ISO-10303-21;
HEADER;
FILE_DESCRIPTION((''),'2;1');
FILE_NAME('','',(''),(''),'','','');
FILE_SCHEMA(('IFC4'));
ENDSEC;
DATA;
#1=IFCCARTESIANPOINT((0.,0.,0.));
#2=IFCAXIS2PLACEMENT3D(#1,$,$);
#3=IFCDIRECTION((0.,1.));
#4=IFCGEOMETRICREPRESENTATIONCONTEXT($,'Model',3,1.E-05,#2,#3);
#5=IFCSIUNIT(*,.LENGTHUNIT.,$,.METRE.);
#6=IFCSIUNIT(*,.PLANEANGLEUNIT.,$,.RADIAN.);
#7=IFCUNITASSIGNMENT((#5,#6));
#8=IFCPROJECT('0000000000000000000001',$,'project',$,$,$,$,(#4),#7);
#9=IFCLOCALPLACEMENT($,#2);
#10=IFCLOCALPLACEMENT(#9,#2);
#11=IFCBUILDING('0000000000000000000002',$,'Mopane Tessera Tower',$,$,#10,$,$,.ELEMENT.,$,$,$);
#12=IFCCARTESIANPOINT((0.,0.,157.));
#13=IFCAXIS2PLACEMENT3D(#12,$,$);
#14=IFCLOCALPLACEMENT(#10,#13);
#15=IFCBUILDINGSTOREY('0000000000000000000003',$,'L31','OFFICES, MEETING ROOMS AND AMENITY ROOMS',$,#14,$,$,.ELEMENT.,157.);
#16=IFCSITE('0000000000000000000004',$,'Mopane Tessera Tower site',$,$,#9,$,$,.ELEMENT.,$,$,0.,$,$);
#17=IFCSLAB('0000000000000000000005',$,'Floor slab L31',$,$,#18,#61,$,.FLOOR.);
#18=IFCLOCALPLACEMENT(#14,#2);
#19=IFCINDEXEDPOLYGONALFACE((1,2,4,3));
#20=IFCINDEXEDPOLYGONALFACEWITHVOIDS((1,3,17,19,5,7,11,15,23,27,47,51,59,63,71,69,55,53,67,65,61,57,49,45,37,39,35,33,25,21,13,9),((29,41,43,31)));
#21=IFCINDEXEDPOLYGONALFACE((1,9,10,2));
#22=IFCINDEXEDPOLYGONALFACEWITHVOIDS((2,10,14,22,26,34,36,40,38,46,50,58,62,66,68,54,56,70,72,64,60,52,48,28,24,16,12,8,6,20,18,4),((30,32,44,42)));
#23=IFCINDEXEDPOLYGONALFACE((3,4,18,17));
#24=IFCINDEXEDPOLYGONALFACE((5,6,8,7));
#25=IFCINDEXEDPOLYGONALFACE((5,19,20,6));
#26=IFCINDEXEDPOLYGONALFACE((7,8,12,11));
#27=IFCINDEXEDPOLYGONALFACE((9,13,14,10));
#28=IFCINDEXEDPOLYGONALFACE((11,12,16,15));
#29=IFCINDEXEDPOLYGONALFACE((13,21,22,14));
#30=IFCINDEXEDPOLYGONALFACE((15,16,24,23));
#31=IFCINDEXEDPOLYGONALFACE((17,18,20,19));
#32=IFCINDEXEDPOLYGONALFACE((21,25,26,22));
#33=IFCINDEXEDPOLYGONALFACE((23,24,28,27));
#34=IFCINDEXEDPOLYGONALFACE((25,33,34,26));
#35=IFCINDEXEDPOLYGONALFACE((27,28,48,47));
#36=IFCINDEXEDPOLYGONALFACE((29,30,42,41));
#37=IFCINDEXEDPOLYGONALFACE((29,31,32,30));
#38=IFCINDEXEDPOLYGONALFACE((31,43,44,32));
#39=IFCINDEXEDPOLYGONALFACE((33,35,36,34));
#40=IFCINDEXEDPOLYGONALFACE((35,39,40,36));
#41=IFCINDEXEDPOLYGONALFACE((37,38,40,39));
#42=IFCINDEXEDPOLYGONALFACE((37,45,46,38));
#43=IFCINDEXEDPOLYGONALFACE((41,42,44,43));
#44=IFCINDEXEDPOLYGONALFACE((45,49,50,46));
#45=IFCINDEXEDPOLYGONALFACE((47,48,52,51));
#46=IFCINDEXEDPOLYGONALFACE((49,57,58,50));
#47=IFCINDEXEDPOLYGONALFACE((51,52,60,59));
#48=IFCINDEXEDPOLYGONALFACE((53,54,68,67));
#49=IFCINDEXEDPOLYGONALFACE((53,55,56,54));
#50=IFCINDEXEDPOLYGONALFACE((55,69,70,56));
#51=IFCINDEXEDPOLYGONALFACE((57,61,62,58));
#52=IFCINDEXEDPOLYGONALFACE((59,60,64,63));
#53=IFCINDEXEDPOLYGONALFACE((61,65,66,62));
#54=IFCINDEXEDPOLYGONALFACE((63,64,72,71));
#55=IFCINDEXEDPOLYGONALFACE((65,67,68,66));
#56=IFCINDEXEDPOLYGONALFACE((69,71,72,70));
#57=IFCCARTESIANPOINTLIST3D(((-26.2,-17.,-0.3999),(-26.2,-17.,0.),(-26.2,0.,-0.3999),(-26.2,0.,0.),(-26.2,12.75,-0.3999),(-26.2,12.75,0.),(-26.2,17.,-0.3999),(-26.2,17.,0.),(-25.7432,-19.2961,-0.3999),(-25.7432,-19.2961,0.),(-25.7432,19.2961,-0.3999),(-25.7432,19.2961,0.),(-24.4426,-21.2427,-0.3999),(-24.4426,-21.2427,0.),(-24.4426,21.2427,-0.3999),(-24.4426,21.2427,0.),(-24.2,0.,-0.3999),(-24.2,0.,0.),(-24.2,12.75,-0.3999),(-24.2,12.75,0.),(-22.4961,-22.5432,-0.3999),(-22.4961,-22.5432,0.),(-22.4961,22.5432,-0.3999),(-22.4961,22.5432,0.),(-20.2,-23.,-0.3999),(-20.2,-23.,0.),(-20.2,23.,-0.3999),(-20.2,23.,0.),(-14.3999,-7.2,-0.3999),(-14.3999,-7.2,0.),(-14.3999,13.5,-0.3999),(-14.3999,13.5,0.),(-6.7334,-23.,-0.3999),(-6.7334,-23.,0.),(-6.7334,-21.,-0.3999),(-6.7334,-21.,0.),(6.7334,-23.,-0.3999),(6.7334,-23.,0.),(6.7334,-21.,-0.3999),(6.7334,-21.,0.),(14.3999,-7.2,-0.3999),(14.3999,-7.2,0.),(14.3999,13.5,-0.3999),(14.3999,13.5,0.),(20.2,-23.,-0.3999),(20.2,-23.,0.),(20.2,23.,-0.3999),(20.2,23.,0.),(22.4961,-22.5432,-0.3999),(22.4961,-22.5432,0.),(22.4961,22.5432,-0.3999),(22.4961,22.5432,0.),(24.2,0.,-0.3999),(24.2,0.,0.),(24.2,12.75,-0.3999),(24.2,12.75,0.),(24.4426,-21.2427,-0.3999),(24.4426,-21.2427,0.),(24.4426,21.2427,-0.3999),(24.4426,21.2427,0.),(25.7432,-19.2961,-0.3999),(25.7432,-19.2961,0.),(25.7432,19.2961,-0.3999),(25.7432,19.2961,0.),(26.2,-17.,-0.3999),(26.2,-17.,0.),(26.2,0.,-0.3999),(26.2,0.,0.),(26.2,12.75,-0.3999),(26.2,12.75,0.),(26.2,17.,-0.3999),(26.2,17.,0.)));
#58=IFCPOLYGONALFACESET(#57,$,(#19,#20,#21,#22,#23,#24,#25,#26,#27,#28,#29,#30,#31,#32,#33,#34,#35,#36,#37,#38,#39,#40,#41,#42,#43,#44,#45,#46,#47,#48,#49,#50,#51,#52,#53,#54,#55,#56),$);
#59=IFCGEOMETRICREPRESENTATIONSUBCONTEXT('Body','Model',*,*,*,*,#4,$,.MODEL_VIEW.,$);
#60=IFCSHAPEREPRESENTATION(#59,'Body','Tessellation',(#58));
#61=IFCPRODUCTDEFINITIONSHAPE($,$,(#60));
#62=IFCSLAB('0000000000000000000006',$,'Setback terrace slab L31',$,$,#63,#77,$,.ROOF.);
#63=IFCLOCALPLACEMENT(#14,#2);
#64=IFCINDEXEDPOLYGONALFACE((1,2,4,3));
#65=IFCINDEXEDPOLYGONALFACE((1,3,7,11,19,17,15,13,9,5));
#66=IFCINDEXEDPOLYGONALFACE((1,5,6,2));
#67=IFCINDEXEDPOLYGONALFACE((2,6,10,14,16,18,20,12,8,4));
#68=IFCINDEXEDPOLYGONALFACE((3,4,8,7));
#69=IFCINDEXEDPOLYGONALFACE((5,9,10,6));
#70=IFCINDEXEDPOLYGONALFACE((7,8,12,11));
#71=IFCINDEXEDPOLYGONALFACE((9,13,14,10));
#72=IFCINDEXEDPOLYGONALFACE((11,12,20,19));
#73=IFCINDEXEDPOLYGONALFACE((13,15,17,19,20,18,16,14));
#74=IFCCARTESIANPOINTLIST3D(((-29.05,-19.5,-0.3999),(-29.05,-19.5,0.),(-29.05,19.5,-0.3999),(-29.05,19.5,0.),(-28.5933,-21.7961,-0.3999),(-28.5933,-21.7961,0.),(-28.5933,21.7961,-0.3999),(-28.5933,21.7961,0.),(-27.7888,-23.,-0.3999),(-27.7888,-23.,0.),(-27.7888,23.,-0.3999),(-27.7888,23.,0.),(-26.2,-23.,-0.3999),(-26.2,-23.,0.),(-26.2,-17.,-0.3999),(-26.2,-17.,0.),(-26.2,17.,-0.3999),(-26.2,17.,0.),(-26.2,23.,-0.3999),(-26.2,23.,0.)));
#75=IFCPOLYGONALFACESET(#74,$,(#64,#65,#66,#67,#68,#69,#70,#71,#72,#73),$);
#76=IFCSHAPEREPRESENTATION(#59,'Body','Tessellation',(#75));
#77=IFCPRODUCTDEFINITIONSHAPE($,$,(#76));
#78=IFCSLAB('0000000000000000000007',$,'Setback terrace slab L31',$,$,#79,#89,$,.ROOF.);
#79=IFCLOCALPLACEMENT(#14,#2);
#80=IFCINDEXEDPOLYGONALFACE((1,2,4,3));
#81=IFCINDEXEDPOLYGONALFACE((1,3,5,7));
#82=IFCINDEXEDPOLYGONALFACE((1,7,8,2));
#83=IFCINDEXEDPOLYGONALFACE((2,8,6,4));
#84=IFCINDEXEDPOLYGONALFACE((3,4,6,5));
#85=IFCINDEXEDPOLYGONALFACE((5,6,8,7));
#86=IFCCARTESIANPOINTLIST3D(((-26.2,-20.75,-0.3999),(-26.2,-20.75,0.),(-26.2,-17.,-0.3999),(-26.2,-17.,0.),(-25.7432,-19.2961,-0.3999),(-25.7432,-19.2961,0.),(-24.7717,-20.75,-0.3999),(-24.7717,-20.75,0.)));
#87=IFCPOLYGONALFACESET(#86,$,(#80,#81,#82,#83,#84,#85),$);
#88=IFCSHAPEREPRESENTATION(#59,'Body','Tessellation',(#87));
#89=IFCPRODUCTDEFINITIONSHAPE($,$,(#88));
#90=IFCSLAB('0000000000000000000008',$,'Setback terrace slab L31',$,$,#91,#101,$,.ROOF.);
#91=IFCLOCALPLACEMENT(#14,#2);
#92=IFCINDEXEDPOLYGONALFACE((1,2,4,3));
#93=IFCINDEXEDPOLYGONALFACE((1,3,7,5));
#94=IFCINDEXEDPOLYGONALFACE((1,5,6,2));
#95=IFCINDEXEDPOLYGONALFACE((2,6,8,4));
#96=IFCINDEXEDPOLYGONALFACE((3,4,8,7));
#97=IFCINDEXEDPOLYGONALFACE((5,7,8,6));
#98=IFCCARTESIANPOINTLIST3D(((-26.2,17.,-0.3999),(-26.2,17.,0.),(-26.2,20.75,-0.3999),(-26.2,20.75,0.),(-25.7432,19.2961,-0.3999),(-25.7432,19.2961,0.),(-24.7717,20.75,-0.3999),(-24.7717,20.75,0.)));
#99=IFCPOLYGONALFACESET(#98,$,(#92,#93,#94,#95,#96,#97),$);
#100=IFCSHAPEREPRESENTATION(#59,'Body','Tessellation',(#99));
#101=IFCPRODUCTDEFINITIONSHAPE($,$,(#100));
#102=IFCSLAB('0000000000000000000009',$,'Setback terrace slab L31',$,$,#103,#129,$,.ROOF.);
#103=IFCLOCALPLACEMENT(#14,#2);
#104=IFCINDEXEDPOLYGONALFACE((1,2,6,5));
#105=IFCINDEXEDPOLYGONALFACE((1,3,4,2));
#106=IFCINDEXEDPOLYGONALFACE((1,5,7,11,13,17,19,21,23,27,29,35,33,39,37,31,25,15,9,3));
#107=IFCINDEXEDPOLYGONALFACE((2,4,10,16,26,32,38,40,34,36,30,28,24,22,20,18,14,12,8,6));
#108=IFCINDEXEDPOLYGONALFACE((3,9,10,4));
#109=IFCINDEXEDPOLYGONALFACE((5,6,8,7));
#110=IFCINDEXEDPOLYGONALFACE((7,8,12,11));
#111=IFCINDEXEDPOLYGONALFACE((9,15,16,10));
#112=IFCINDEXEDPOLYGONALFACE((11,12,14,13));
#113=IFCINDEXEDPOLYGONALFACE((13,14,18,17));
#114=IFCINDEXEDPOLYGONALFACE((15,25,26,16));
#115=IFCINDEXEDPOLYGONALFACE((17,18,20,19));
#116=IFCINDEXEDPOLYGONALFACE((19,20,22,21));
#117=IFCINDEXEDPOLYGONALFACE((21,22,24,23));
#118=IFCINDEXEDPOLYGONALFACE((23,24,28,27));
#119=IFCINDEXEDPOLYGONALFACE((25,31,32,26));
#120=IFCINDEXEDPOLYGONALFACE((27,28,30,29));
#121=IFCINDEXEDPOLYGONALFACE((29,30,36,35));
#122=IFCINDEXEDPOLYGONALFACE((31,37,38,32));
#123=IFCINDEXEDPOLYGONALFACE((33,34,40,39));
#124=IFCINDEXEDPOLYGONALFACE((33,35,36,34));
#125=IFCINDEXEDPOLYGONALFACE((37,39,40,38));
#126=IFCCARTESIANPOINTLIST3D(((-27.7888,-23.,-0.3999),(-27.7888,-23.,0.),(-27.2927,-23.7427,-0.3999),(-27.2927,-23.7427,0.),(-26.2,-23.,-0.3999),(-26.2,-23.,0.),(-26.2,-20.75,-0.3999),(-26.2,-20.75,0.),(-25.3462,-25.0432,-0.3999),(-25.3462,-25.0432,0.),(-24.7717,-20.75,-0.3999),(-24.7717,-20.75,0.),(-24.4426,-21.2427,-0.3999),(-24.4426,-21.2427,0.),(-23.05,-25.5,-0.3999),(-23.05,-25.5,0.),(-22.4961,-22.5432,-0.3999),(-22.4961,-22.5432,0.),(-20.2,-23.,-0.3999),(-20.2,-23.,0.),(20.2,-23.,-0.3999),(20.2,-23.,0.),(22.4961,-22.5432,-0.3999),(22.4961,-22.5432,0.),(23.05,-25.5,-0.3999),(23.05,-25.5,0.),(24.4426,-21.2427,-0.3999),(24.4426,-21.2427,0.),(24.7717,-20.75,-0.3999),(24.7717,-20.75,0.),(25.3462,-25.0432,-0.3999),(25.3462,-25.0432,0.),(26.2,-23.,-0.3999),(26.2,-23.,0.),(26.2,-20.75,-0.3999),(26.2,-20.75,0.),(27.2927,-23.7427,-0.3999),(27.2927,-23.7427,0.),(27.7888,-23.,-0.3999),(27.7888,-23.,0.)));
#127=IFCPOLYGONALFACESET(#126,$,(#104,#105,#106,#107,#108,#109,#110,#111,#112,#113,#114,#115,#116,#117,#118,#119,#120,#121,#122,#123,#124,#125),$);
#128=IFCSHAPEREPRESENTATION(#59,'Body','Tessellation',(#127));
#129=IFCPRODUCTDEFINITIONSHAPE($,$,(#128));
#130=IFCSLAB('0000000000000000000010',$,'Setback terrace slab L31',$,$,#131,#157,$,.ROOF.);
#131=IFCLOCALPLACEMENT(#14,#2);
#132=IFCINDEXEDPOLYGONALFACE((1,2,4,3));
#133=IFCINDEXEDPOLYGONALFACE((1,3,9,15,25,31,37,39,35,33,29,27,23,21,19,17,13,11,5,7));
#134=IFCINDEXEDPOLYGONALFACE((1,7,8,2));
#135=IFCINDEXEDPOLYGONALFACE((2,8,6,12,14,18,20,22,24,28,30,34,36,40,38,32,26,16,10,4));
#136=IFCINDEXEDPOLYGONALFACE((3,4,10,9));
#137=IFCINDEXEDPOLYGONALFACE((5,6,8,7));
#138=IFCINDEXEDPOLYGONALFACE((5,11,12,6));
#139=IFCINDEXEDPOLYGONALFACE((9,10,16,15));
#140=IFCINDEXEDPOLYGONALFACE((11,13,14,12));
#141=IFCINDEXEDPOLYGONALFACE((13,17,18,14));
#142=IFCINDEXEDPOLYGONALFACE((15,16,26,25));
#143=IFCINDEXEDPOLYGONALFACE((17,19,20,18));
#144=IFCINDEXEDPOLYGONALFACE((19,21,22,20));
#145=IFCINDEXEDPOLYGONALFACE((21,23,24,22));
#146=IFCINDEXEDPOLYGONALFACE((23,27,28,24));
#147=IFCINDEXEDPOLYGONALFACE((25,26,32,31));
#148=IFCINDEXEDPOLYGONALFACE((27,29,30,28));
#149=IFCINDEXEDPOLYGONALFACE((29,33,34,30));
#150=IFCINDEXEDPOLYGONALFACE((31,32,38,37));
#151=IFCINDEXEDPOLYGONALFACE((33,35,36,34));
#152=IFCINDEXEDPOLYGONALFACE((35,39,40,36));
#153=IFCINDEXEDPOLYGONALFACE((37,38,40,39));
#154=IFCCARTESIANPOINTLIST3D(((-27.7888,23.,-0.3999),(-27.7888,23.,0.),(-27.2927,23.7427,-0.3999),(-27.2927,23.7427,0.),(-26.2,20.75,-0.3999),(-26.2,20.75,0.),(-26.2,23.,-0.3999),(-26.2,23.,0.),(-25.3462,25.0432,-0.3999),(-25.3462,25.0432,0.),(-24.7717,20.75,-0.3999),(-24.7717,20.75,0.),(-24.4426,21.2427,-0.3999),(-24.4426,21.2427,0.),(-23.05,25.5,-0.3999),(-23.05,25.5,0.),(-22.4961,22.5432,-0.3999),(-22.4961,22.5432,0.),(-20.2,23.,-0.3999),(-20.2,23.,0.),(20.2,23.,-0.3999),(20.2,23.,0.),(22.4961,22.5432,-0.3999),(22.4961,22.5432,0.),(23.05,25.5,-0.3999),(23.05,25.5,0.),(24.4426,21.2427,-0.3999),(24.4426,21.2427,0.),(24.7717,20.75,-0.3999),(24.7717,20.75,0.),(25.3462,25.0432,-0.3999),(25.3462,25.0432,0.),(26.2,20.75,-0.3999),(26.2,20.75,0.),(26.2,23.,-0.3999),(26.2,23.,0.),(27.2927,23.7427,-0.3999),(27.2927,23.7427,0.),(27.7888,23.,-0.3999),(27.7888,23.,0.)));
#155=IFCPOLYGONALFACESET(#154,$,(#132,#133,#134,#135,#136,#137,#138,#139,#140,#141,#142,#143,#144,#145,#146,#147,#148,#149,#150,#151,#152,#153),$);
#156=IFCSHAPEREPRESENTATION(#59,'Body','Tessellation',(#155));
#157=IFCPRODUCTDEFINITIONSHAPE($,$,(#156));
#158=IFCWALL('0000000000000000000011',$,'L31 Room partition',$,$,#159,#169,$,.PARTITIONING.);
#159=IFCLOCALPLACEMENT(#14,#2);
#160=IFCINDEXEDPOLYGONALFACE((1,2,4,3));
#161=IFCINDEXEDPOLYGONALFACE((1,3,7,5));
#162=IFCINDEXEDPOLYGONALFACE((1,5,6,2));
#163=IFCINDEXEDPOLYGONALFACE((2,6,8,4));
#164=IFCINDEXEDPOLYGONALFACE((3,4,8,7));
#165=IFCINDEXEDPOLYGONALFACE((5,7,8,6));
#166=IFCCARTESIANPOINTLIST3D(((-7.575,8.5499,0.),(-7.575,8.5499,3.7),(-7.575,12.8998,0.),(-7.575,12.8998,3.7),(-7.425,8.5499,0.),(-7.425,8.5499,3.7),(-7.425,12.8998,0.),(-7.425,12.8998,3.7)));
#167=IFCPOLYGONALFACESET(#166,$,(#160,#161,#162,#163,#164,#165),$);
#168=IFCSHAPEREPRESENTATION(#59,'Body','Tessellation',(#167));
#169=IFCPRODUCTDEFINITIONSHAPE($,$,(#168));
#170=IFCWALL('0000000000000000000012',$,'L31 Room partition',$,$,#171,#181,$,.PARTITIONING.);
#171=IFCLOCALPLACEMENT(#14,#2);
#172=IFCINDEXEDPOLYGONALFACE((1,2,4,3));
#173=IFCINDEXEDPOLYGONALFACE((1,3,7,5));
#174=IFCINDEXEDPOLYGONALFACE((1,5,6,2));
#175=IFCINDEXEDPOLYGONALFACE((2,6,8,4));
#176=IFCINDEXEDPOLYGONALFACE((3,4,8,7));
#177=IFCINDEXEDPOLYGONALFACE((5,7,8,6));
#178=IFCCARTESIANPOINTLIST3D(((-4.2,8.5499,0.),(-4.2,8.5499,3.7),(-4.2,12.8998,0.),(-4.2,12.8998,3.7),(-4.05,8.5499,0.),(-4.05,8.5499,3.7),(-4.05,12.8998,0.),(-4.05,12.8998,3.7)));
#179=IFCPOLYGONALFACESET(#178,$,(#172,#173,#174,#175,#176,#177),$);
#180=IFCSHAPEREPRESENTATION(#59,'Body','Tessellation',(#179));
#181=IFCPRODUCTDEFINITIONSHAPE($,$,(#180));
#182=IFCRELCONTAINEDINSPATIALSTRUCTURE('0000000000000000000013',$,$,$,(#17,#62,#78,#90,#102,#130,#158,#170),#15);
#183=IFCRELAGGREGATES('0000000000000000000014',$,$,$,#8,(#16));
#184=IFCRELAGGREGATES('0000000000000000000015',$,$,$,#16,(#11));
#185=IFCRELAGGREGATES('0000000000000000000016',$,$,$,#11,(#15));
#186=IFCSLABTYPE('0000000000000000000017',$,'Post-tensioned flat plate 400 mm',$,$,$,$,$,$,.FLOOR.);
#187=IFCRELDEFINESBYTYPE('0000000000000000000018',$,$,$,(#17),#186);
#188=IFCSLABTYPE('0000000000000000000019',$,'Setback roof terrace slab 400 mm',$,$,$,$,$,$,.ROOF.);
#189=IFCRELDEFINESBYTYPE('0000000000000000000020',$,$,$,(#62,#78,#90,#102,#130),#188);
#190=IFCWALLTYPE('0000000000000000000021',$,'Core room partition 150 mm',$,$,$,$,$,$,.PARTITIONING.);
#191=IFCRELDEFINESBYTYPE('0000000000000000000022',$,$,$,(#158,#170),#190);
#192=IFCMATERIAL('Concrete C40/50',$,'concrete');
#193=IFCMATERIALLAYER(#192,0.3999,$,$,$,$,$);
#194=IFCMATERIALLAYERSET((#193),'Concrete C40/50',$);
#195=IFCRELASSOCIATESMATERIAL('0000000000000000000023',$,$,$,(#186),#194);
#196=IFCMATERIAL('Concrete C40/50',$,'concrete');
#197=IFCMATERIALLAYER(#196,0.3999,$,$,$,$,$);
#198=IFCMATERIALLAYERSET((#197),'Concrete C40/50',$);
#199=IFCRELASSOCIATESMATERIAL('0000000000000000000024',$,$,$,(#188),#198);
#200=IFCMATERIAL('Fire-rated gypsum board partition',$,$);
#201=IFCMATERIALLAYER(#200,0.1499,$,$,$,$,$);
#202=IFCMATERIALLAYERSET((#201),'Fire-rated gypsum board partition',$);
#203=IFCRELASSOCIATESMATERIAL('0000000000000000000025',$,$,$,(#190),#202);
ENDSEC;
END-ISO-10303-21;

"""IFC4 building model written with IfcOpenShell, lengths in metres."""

from ifc_helpers import new_model, si_unit, direction, frame, frame_2d, origin, place, context, subcontext, project, spatial, polyline, rectangle, outline, extrude, material, layer, layer_set, type_object, element, save


model = new_model("IFC4")

# Units and contexts
model_context = context("Model", 3, precision=1e-05, world=origin(), true_north=direction((0.0, 1.0)))
body_context = subcontext(model_context, "Body", "Model", "MODEL_VIEW")
ifc_project = project(units=[si_unit("LENGTHUNIT", "METRE"), si_unit("PLANEANGLEUNIT", "RADIAN")], contexts=[model_context])

# Site, building, storey
site_placement = place(None, origin())
site = spatial("IfcSite", under=ifc_project, at=site_placement, Name="Mopane Tessera Tower site", CompositionType="ELEMENT", RefElevation=0.0)
building_placement = place(site_placement, origin())
building = spatial("IfcBuilding", under=site, at=building_placement, Name="Mopane Tessera Tower", CompositionType="ELEMENT")
storey_placement = place(building_placement, frame((0.0, 0.0, 157.0)))
storey = spatial("IfcBuildingStorey", under=building, at=storey_placement, Name="L31", Description="OFFICES, MEETING ROOMS AND AMENITY ROOMS", CompositionType="ELEMENT", Elevation=157.0)

# Slabs
ifc_material_1 = material(Name="Concrete C40/50", Category="concrete")
ifc_layer_1 = layer(ifc_material_1, 0.3999)
ifc_layer_set_1 = layer_set([ifc_layer_1], Name="Concrete C40/50")
slab_type_1 = type_object("IfcSlabType", Name="Post-tensioned flat plate 400 mm", PredefinedType="FLOOR", material=ifc_layer_set_1)
slab_1_placement = place(storey_placement, frame((0.0, 0.0, -0.3999)))
element("IfcSlab", 1, at=slab_1_placement, inside=storey, type_object=slab_type_1, Name="Floor slab L31", PredefinedType="FLOOR", context=body_context, shape_type="SweptSolid", body=[
    extrude(outline(polyline([(-20.2, -23.0), (-6.7334, -23.0), (-6.7334, -21.0), (6.7334, -21.0), (6.7334, -23.0), (20.2, -23.0), (22.4961, -22.5432), (24.4426, -21.2427), (25.7432, -19.2961), (26.2, -17.0), (26.2, 0.0), (24.2, 0.0), (24.2, 12.75), (26.2, 12.75), (26.2, 17.0), (25.7432, 19.2961), (24.4426, 21.2427), (22.4961, 22.5432), (20.2, 23.0), (-20.2, 23.0), (-22.4961, 22.5432), (-24.4426, 21.2427), (-25.7432, 19.2961), (-26.2, 17.0), (-26.2, 12.75), (-24.2, 12.75), (-24.2, 0.0), (-26.2, 0.0), (-26.2, -17.0), (-25.7432, -19.2961), (-24.4426, -21.2427), (-22.4961, -22.5432), (-20.2, -23.0)]), holes=[polyline([(14.3999, -7.2), (-14.3999, -7.2), (-14.3999, 13.5), (14.3999, 13.5), (14.3999, -7.2)])]), origin(), (0.0, 0.0, 1.0), 0.3999),
])
ifc_material_2 = material(Name="Concrete C40/50", Category="concrete")
ifc_layer_2 = layer(ifc_material_2, 0.3999)
ifc_layer_set_2 = layer_set([ifc_layer_2], Name="Concrete C40/50")
slab_type_2 = type_object("IfcSlabType", Name="Setback roof terrace slab 400 mm", PredefinedType="ROOF", material=ifc_layer_set_2)
slab_2_placement = place(storey_placement, frame((0.0, 0.0, -0.3999)))
element("IfcSlab", 2, at=slab_2_placement, inside=storey, type_object=slab_type_2, Name="Setback terrace slab L31", PredefinedType="ROOF", context=body_context, shape_type="SweptSolid", body=[
    extrude(outline(polyline([(-27.7888, -23.0), (-26.2, -23.0), (-26.2, -17.0), (-26.2, 17.0), (-26.2, 23.0), (-27.7888, 23.0), (-28.5933, 21.7961), (-29.05, 19.5), (-29.05, -19.5), (-28.5933, -21.7961), (-27.7888, -23.0)])), origin(), (0.0, 0.0, 1.0), 0.3999),
])
slab_3_placement = place(storey_placement, frame((0.0, 0.0, -0.3999)))
element("IfcSlab", 3, at=slab_3_placement, inside=storey, type_object=slab_type_2, Name="Setback terrace slab L31", PredefinedType="ROOF", context=body_context, shape_type="SweptSolid", body=[
    extrude(outline(polyline([(-26.2, -17.0), (-26.2, -20.75), (-24.7717, -20.75), (-25.7432, -19.2961), (-26.2, -17.0)])), origin(), (0.0, 0.0, 1.0), 0.3999),
])
slab_4_placement = place(storey_placement, frame((0.0, 0.0, -0.3999)))
element("IfcSlab", 4, at=slab_4_placement, inside=storey, type_object=slab_type_2, Name="Setback terrace slab L31", PredefinedType="ROOF", context=body_context, shape_type="SweptSolid", body=[
    extrude(outline(polyline([(-24.7717, 20.75), (-26.2, 20.75), (-26.2, 17.0), (-25.7432, 19.2961), (-24.7717, 20.75)])), origin(), (0.0, 0.0, 1.0), 0.3999),
])
slab_5_placement = place(storey_placement, frame((0.0, 0.0, -0.3999)))
element("IfcSlab", 5, at=slab_5_placement, inside=storey, type_object=slab_type_2, Name="Setback terrace slab L31", PredefinedType="ROOF", context=body_context, shape_type="SweptSolid", body=[
    extrude(outline(polyline([(-20.2, -23.0), (-22.4961, -22.5432), (-24.4426, -21.2427), (-24.7717, -20.75), (-26.2, -20.75), (-26.2, -23.0), (-27.7888, -23.0), (-27.2927, -23.7427), (-25.3462, -25.0432), (-23.05, -25.5), (23.05, -25.5), (25.3462, -25.0432), (27.2927, -23.7427), (27.7888, -23.0), (26.2, -23.0), (26.2, -20.75), (24.7717, -20.75), (24.4426, -21.2427), (22.4961, -22.5432), (20.2, -23.0), (-20.2, -23.0)])), origin(), (0.0, 0.0, 1.0), 0.3999),
])
slab_6_placement = place(storey_placement, frame((0.0, 0.0, -0.3999)))
element("IfcSlab", 6, at=slab_6_placement, inside=storey, type_object=slab_type_2, Name="Setback terrace slab L31", PredefinedType="ROOF", context=body_context, shape_type="SweptSolid", body=[
    extrude(outline(polyline([(20.2, 23.0), (22.4961, 22.5432), (24.4426, 21.2427), (24.7717, 20.75), (26.2, 20.75), (26.2, 23.0), (27.7888, 23.0), (27.2927, 23.7427), (25.3462, 25.0432), (23.05, 25.5), (-23.05, 25.5), (-25.3462, 25.0432), (-27.2927, 23.7427), (-27.7888, 23.0), (-26.2, 23.0), (-26.2, 20.75), (-24.7717, 20.75), (-24.4426, 21.2427), (-22.4961, 22.5432), (-20.2, 23.0), (20.2, 23.0)])), origin(), (0.0, 0.0, 1.0), 0.3999),
])

# Walls
ifc_material_3 = material(Name="Fire-rated gypsum board partition")
ifc_layer_3 = layer(ifc_material_3, 0.1499)
ifc_layer_set_3 = layer_set([ifc_layer_3], Name="Fire-rated gypsum board partition")
wall_type_1 = type_object("IfcWallType", Name="Core room partition 150 mm", PredefinedType="PARTITIONING", material=ifc_layer_set_3)
for number, where, z_axis, x_axis, name in (
    (7, (-7.5, 8.55, 0.0), (0.0, 0.0, 1.0), (0.0, 1.0, 0.0), "L31 Room partition"),
    (8, (-4.125, 8.55, 0.0), (0.0, 0.0, 1.0), (0.0, 1.0, 0.0), "L31 Room partition"),
):
    element("IfcWall", number, at=place(storey_placement, frame(where, z_axis=z_axis, x_axis=x_axis)), inside=storey, type_object=wall_type_1, Name=name, PredefinedType="PARTITIONING", context=body_context, shape_type="SweptSolid", body=[
        extrude(rectangle(XDim=4.3499, YDim=0.1499, at=frame_2d((2.1748, 0.0))), origin(), (0.0, 0.0, 1.0), 3.7),
    ])

save(model, "model.ifc")
